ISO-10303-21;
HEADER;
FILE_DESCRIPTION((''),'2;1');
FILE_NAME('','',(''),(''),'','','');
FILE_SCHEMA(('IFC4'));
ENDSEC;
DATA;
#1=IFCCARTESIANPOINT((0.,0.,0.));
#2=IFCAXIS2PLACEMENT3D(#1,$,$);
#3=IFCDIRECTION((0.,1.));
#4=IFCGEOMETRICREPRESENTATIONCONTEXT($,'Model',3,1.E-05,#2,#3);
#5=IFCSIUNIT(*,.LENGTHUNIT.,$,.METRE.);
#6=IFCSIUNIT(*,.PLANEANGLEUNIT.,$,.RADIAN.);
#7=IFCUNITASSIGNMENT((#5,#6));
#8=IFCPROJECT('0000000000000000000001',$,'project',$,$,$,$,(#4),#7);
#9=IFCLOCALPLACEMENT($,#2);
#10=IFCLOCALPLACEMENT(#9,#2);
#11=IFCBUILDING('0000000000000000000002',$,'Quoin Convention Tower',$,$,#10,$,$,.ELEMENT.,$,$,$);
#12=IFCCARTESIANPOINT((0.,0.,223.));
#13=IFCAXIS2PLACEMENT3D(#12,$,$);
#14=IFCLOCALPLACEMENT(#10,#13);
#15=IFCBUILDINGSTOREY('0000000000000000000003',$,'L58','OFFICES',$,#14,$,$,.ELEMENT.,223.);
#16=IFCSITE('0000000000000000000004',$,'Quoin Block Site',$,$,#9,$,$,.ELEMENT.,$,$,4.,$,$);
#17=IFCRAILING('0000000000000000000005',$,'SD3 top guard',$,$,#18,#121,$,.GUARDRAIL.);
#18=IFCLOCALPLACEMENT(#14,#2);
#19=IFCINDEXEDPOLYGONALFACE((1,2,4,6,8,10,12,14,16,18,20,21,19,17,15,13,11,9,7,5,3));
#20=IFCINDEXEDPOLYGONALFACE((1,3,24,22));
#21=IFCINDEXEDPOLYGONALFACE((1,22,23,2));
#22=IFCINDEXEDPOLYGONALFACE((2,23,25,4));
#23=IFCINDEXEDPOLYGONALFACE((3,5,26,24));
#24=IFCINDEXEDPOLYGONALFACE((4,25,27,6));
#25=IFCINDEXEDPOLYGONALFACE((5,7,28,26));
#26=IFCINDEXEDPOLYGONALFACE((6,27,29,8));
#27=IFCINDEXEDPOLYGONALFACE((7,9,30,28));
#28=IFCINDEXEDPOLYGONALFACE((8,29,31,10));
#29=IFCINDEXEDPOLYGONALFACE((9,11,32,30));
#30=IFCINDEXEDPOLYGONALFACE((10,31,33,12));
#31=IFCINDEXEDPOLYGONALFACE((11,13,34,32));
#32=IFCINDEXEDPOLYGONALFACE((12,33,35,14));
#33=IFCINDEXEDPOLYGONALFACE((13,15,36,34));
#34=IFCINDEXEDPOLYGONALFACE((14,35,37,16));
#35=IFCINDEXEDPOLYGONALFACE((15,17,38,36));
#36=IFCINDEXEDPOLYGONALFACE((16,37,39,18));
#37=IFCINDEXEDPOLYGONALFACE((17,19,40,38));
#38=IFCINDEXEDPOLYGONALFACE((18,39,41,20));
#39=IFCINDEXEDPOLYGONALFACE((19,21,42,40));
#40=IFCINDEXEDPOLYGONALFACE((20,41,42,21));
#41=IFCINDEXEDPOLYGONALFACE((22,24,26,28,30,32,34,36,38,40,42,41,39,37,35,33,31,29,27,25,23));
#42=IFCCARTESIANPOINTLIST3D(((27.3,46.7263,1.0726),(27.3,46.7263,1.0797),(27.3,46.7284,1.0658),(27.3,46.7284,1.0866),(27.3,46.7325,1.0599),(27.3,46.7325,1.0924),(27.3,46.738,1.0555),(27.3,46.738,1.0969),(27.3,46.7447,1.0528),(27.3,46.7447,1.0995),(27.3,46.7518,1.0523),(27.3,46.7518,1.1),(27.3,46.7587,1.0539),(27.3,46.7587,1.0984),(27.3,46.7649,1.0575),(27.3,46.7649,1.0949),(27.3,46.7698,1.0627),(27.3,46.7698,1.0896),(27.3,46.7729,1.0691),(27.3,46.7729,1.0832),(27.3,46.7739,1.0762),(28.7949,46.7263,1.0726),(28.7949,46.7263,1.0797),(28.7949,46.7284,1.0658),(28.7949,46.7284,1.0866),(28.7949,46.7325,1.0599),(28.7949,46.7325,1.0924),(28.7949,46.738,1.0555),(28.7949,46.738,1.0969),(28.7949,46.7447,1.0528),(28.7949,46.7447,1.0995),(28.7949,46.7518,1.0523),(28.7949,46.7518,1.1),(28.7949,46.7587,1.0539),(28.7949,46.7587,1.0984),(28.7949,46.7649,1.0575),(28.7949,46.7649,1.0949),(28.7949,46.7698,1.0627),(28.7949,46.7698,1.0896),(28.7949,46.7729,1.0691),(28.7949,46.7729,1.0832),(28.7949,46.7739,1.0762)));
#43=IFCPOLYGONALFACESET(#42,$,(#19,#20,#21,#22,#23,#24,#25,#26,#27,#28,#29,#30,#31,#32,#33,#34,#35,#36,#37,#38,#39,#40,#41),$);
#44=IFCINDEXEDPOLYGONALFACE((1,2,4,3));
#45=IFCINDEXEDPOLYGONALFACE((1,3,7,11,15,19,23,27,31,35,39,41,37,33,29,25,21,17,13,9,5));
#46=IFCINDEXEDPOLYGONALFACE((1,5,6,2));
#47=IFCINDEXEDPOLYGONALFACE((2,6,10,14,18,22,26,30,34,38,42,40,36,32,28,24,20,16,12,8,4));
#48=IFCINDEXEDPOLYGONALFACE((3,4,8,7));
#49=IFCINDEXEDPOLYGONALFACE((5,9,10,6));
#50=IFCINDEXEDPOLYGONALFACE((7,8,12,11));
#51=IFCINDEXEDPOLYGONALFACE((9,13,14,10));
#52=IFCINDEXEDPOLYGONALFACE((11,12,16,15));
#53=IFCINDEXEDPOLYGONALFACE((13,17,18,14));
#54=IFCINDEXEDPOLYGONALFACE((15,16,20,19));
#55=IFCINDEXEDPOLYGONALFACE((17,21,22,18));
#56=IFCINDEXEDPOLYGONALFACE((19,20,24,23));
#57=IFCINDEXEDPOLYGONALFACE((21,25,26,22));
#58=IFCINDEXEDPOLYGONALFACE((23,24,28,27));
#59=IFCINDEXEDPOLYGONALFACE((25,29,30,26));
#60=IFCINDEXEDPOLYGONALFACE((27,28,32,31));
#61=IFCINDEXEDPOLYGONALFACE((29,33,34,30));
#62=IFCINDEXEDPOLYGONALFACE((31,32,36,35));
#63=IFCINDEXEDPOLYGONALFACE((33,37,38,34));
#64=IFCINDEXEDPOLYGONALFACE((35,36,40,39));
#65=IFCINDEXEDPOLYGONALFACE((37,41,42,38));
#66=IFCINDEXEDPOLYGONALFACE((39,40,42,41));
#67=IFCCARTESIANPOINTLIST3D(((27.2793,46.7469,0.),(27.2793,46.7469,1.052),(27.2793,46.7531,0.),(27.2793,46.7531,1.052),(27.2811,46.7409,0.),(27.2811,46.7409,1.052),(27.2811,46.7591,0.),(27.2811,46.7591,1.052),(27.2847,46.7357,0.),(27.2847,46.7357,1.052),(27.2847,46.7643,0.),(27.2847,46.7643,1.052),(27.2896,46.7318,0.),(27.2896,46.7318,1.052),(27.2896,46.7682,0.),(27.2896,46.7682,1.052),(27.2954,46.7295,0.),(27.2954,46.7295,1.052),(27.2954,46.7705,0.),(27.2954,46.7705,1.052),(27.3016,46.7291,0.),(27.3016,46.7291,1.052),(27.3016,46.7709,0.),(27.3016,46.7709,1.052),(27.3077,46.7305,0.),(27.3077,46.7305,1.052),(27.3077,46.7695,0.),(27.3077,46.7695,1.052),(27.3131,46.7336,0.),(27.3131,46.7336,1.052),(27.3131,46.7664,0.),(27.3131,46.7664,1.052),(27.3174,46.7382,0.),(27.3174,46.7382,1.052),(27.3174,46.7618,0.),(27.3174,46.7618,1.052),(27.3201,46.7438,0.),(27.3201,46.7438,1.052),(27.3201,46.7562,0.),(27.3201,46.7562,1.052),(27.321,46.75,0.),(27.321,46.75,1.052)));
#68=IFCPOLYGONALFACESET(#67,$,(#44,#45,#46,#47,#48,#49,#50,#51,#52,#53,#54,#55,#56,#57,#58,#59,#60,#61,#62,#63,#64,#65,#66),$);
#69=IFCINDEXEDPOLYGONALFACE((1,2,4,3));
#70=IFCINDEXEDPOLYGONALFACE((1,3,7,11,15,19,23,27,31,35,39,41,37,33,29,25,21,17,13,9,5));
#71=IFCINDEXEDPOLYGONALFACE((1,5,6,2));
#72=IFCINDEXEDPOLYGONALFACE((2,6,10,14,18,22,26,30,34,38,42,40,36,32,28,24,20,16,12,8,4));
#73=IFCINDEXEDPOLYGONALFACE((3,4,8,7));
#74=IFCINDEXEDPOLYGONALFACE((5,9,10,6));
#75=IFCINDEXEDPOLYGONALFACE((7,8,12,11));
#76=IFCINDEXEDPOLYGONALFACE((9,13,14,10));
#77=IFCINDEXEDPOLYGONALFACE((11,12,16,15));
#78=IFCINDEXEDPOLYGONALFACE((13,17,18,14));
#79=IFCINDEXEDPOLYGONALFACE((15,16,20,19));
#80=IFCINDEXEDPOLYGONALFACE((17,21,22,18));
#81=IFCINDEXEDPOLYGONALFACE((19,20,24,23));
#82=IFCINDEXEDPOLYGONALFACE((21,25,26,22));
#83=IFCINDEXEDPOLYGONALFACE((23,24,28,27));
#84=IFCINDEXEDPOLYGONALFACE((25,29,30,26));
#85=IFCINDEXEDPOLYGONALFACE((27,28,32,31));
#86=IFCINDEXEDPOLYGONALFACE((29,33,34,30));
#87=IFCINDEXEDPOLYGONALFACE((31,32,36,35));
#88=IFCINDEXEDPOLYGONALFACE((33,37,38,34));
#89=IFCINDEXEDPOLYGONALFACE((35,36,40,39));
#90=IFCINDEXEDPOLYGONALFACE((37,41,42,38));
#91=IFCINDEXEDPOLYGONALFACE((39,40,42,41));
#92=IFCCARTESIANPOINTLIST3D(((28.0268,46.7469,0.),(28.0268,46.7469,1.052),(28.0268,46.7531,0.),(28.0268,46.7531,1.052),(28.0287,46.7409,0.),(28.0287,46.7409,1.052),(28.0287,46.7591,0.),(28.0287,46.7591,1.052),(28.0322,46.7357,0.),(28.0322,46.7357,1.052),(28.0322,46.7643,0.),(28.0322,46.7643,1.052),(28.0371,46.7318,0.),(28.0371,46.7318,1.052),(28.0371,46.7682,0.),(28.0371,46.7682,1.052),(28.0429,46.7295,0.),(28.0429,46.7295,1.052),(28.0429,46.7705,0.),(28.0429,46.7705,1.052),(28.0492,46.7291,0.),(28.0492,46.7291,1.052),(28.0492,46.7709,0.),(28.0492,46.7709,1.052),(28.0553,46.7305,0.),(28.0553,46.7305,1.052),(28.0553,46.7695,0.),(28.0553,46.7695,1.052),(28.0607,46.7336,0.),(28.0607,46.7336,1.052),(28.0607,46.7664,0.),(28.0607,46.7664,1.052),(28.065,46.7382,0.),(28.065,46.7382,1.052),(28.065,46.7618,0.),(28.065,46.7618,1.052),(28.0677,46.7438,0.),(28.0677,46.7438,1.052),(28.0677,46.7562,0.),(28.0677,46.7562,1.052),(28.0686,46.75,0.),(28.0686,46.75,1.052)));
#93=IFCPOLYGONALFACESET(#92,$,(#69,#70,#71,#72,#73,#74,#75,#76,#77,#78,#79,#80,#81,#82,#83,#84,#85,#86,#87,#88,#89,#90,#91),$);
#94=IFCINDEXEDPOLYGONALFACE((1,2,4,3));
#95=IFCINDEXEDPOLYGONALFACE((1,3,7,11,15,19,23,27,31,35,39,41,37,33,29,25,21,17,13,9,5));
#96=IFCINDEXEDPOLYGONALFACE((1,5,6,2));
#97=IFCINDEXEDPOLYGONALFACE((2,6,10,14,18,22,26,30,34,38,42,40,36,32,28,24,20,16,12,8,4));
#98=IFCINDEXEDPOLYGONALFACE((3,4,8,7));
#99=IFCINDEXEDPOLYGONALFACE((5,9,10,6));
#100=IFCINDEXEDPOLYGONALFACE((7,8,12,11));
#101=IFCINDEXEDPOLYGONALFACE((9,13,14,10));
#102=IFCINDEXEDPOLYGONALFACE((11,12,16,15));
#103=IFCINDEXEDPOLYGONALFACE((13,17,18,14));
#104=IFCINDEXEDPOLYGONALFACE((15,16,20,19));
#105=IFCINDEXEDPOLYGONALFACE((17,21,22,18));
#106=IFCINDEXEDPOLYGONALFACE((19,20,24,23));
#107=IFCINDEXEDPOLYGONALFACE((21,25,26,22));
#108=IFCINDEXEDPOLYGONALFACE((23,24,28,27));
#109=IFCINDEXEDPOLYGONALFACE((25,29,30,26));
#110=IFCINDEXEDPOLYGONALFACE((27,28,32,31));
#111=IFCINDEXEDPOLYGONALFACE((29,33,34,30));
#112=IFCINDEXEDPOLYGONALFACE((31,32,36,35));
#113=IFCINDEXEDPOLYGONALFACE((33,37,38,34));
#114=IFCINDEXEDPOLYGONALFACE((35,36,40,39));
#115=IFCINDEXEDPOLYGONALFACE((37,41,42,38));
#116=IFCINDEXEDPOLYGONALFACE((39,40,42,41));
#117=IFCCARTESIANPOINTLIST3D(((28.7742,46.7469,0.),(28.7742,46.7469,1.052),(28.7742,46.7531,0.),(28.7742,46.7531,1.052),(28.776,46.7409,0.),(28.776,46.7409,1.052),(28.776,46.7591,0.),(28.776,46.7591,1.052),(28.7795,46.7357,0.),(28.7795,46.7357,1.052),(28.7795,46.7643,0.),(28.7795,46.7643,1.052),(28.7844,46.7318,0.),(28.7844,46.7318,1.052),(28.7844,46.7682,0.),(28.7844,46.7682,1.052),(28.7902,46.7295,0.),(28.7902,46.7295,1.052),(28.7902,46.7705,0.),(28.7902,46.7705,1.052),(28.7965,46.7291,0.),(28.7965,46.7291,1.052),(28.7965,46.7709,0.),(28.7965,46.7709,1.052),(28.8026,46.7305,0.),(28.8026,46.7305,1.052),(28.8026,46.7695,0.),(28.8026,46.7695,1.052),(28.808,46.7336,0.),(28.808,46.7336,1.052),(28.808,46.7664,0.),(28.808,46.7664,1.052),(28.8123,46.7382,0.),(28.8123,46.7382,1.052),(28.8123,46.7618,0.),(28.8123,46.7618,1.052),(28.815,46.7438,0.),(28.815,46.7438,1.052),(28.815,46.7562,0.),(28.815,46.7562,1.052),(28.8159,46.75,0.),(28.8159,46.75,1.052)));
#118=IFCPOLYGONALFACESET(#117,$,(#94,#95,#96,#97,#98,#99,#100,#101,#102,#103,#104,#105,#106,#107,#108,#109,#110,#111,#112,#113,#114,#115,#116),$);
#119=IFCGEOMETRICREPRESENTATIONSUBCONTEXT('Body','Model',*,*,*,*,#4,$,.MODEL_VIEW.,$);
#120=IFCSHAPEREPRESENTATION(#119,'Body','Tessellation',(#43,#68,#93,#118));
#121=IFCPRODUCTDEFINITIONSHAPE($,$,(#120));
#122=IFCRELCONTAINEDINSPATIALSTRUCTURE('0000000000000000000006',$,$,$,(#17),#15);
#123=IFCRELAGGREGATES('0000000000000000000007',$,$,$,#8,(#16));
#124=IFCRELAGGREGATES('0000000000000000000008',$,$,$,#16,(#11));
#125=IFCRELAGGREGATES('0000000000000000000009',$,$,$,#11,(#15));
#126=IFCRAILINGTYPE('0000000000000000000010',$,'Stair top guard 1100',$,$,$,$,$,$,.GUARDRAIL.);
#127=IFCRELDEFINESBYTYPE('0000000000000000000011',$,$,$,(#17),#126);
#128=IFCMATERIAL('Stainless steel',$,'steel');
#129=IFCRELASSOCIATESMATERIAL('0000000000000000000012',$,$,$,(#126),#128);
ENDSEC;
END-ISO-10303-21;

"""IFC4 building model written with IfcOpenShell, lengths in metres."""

from ifc_helpers import new_model, si_unit, direction, frame, origin, origin_2d, place, context, subcontext, project, spatial, circle, extrude, material, type_object, element, save


model = new_model("IFC4")

# Units and contexts
model_context = context("Model", 3, precision=1e-05, world=origin(), true_north=direction((0.0, 1.0)))
body_context = subcontext(model_context, "Body", "Model", "MODEL_VIEW")
ifc_project = project(units=[si_unit("LENGTHUNIT", "METRE"), si_unit("PLANEANGLEUNIT", "RADIAN")], contexts=[model_context])

# Site, building, storey
site_placement = place(None, origin())
site = spatial("IfcSite", under=ifc_project, at=site_placement, Name="Quoin Block Site", CompositionType="ELEMENT", RefElevation=4.0)
building_placement = place(site_placement, origin())
building = spatial("IfcBuilding", under=site, at=building_placement, Name="Quoin Convention Tower", CompositionType="ELEMENT")
storey_placement = place(building_placement, frame((0.0, 0.0, 223.0)))
storey = spatial("IfcBuildingStorey", under=building, at=storey_placement, Name="L58", Description="OFFICES", CompositionType="ELEMENT", Elevation=223.0)

# Railing
ifc_material_1 = material(Name="Stainless steel", Category="steel")
railing_type_1 = type_object("IfcRailingType", Name="Stair top guard 1100", PredefinedType="GUARDRAIL", material=ifc_material_1)
railing_1_placement = place(storey_placement, frame((27.3, 46.75, 0.0)))
element("IfcRailing", 1, at=railing_1_placement, inside=storey, type_object=railing_type_1, Name="SD3 top guard", PredefinedType="GUARDRAIL", context=body_context, shape_type="SweptSolid", body=[
    extrude(circle(Radius=0.0239, at=origin_2d()), frame((0.0, 0.0, 1.0762), z_axis=(1.0, 0.0, 0.0), x_axis=(0.0, 1.0, 0.0)), (0.0, 0.0, 1.0), 1.4949),
    extrude(circle(Radius=0.021, at=origin_2d()), origin(), (0.0, 0.0, 1.0), 1.052),
    extrude(circle(Radius=0.021, at=origin_2d()), frame((0.7476, 0.0, 0.0)), (0.0, 0.0, 1.0), 1.052),
    extrude(circle(Radius=0.021, at=origin_2d()), frame((1.4949, 0.0, 0.0)), (0.0, 0.0, 1.0), 1.052),
])

save(model, "model.ifc")
